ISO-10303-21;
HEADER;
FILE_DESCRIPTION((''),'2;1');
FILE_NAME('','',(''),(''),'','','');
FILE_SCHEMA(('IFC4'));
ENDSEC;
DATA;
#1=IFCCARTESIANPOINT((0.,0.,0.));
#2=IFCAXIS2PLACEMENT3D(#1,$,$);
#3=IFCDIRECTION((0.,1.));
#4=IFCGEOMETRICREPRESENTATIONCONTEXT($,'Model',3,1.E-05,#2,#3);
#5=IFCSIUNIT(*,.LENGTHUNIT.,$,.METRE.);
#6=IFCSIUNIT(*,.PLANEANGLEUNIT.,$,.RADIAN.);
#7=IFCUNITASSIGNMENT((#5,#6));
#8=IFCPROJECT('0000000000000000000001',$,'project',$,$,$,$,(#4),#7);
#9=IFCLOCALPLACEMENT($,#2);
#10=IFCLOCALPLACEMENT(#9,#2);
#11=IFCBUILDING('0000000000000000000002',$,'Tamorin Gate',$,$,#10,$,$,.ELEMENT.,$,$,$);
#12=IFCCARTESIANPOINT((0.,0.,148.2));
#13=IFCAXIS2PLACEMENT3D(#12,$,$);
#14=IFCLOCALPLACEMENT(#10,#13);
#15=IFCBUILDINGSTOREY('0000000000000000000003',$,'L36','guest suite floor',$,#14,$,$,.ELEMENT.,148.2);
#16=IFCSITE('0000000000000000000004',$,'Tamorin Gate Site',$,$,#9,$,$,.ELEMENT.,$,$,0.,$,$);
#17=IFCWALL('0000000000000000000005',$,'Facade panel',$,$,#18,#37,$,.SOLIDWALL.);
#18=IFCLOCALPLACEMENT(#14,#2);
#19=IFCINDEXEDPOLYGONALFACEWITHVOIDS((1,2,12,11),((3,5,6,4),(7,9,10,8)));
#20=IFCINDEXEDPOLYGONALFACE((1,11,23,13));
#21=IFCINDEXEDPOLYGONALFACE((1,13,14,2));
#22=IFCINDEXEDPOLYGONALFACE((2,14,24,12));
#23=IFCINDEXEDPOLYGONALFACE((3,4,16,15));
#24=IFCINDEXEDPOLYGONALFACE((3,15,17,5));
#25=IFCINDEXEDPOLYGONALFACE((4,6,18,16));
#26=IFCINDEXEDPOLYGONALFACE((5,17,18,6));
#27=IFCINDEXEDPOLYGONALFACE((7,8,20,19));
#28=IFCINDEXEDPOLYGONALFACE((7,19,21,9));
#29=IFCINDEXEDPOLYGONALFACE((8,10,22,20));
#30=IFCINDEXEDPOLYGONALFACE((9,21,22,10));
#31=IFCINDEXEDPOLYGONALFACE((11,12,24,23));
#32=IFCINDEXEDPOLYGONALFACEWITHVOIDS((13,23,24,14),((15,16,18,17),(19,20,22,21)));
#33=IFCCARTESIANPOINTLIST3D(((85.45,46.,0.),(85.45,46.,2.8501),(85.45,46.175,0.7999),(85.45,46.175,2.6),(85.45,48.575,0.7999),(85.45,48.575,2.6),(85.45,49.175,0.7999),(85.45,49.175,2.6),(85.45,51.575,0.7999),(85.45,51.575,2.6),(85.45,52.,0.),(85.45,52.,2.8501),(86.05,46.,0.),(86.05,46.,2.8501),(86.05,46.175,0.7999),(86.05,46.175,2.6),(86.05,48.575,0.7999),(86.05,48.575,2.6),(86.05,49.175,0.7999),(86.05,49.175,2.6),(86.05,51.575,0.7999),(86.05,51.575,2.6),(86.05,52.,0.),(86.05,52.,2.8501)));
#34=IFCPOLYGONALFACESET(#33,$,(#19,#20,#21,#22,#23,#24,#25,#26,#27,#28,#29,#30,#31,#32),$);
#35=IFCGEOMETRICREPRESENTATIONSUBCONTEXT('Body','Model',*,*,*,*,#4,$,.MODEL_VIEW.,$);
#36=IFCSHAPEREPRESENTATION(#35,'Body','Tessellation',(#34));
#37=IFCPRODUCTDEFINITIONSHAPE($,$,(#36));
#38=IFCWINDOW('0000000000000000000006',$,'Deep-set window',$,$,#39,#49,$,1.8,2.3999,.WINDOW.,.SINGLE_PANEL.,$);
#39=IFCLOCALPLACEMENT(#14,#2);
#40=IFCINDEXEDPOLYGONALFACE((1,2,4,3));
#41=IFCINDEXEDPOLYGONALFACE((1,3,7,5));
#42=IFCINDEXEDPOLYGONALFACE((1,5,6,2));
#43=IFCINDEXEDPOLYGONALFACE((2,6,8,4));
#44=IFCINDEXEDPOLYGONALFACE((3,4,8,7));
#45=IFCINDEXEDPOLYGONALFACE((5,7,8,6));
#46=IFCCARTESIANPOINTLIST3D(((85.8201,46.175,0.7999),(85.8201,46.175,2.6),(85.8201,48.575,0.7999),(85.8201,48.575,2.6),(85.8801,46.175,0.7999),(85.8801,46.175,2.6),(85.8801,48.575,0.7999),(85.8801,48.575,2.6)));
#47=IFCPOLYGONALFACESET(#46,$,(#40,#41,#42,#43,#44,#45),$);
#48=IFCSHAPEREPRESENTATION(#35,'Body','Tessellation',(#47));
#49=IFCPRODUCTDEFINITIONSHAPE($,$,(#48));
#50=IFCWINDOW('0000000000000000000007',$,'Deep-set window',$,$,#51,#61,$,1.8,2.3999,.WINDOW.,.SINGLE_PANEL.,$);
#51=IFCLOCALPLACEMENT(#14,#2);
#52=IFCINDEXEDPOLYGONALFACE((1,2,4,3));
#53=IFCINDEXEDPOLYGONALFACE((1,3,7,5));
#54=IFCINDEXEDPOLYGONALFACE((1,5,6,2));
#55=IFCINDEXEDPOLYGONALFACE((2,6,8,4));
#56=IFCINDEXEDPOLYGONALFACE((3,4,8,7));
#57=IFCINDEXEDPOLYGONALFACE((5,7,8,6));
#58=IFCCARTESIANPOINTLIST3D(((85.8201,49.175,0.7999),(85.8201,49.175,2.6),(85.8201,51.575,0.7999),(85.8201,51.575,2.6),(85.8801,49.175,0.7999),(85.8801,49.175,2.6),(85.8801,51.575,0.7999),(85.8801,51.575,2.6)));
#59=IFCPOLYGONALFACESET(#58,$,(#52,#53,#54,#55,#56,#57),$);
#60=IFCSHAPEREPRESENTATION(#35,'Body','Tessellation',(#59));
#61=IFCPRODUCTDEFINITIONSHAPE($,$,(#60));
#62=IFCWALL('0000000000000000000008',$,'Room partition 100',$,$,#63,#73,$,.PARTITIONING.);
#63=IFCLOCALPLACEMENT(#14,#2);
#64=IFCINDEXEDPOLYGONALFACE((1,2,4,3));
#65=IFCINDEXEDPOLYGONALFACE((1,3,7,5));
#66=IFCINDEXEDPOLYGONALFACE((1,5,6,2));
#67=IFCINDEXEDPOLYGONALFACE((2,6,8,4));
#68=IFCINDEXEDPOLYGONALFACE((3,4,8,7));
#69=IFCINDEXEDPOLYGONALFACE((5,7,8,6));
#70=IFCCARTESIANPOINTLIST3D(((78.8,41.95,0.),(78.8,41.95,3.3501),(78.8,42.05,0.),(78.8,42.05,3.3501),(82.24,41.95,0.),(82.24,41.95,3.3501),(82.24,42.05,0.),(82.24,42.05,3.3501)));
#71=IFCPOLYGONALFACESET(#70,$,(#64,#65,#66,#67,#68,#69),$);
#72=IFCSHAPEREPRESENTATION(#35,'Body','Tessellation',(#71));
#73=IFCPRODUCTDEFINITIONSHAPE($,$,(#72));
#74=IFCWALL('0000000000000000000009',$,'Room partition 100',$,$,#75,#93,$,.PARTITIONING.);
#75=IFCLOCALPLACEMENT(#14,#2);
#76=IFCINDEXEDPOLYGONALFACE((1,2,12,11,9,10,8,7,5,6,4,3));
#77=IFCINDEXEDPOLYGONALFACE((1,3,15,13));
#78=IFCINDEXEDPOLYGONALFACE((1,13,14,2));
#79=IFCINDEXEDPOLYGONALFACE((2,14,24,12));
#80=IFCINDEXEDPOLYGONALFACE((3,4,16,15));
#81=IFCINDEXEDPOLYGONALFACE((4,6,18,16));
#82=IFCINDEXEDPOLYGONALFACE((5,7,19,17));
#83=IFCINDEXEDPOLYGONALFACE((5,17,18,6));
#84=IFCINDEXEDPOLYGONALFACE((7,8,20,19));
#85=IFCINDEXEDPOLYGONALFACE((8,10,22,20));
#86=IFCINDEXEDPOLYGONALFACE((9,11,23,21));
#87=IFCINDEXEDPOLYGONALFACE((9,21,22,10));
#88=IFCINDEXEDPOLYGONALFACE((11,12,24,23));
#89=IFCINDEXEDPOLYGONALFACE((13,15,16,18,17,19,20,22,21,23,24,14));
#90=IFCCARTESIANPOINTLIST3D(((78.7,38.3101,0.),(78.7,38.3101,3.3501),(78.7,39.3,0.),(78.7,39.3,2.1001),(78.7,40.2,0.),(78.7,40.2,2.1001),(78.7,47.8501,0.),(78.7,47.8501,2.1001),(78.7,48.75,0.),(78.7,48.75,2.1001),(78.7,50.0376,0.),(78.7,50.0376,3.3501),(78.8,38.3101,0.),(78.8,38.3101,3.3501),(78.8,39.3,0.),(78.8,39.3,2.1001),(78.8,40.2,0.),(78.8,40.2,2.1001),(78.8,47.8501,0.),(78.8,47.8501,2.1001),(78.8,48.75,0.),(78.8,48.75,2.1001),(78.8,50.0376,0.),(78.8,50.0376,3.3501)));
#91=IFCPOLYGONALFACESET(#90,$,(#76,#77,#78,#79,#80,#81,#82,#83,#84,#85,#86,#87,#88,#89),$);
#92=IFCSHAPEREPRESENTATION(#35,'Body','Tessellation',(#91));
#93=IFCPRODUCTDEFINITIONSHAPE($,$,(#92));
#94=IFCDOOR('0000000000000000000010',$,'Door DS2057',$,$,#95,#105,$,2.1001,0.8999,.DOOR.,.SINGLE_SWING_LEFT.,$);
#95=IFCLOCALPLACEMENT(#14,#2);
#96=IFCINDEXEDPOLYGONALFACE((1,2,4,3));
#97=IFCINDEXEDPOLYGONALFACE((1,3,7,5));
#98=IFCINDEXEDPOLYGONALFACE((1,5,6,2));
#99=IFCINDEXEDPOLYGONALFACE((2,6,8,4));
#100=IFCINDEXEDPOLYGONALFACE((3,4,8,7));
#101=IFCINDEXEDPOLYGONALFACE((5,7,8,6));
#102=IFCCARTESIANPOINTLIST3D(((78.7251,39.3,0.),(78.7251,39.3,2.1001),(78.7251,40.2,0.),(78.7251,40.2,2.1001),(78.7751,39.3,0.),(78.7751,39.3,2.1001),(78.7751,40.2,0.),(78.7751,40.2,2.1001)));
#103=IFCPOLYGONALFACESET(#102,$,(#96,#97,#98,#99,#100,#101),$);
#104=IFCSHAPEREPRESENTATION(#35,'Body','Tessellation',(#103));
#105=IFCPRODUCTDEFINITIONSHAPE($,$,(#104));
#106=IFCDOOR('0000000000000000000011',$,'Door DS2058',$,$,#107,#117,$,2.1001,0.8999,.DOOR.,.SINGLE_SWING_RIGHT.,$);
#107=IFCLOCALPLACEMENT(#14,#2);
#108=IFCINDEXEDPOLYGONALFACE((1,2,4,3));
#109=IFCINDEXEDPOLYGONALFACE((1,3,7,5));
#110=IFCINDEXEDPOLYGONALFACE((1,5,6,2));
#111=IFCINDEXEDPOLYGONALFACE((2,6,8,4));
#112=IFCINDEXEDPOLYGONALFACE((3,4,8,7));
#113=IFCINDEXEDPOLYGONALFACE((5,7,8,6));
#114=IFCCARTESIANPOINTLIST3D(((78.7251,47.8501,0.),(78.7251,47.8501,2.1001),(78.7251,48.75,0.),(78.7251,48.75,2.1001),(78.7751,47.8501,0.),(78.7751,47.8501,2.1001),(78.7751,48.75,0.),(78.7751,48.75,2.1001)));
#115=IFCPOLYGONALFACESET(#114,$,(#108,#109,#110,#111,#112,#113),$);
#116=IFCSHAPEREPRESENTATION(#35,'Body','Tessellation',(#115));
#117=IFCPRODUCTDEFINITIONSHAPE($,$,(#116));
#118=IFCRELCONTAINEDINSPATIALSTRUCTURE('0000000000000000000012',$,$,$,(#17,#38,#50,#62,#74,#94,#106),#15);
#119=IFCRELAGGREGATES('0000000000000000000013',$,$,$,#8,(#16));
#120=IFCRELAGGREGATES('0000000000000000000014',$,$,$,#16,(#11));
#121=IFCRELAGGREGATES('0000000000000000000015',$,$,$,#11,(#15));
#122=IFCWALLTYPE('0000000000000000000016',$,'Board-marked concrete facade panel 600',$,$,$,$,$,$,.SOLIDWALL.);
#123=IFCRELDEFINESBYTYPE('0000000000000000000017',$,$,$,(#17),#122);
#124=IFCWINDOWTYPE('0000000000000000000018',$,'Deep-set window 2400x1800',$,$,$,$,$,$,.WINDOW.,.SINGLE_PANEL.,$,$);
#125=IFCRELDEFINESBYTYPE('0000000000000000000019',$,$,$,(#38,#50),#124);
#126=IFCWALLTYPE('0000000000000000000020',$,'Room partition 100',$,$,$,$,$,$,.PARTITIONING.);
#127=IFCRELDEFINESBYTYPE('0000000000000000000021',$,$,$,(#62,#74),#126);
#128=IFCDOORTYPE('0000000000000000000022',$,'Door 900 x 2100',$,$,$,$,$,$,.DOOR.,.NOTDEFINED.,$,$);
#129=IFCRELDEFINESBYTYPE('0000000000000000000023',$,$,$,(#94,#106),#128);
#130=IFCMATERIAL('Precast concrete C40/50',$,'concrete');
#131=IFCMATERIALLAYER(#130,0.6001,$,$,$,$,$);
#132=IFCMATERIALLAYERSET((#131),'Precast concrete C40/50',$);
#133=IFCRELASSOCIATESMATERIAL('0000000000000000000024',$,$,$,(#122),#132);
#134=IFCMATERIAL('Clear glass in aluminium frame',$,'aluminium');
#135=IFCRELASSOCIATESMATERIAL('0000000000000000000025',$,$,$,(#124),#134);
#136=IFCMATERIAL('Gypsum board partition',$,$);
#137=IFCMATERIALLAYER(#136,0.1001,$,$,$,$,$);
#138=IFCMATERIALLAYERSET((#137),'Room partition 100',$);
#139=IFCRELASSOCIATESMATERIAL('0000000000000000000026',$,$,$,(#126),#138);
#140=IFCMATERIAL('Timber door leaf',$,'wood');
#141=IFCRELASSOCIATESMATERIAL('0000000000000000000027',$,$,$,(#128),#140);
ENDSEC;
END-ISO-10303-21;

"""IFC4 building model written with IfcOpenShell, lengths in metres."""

from ifc_helpers import new_model, si_unit, direction, frame, frame_2d, origin, place, context, subcontext, project, spatial, rectangle, extrude, material, layer, layer_set, type_object, element, fill, save


model = new_model("IFC4")

# Units and contexts
model_context = context("Model", 3, precision=1e-05, world=origin(), true_north=direction((0.0, 1.0)))
body_context = subcontext(model_context, "Body", "Model", "MODEL_VIEW")
ifc_project = project(units=[si_unit("LENGTHUNIT", "METRE"), si_unit("PLANEANGLEUNIT", "RADIAN")], contexts=[model_context])

# Site, building, storey
site_placement = place(None, origin())
site = spatial("IfcSite", under=ifc_project, at=site_placement, Name="Tamorin Gate Site", CompositionType="ELEMENT", RefElevation=0.0)
building_placement = place(site_placement, origin())
building = spatial("IfcBuilding", under=site, at=building_placement, Name="Tamorin Gate", CompositionType="ELEMENT")
storey_placement = place(building_placement, frame((0.0, 0.0, 148.2)))
storey = spatial("IfcBuildingStorey", under=building, at=storey_placement, Name="L36", Description="guest suite floor", CompositionType="ELEMENT", Elevation=148.2)

# Shared definitions
ifc_material_1 = material(Name="Precast concrete C40/50", Category="concrete")
ifc_layer_1 = layer(ifc_material_1, 0.6001)
ifc_layer_set_1 = layer_set([ifc_layer_1], Name="Precast concrete C40/50")
wall_type_1 = type_object("IfcWallType", Name="Board-marked concrete facade panel 600", PredefinedType="SOLIDWALL", material=ifc_layer_set_1)
ifc_material_2 = material(Name="Clear glass in aluminium frame", Category="aluminium")
window_type_1 = type_object("IfcWindowType", Name="Deep-set window 2400x1800", PartitioningType="SINGLE_PANEL", PredefinedType="WINDOW", material=ifc_material_2)

# Wall, openings, windows
wall_1_placement = place(storey_placement, frame((85.75, 46.0, 0.0), z_axis=(0.0, 0.0, 1.0), x_axis=(0.0, 1.0, 0.0)))
wall_1 = element("IfcWall", 1, at=wall_1_placement, inside=storey, type_object=wall_type_1, Name="Facade panel", PredefinedType="SOLIDWALL", context=body_context, shape_type="SweptSolid", body=[
    extrude(rectangle(XDim=6.0, YDim=0.6001, at=frame_2d((3.0, 0.0))), origin(), (0.0, 0.0, 1.0), 2.8501),
])
opening_1_placement = place(wall_1_placement, frame((0.175, 0.0, 0.8)))
opening_1 = element("IfcOpeningElement", 2, at=opening_1_placement, cuts=wall_1, PredefinedType="OPENING", context=body_context, shape_type="SweptSolid", body=[
    extrude(rectangle(XDim=2.3999, YDim=1.8, at=frame_2d((1.2, 0.8999))), frame((0.0, 0.3101, 0.0), z_axis=(0.0, -1.0, 0.0), x_axis=(1.0, 0.0, 0.0)), (0.0, 0.0, 1.0), 0.6201),
])
opening_2_placement = place(wall_1_placement, frame((3.175, 0.0, 0.8)))
opening_2 = element("IfcOpeningElement", 3, at=opening_2_placement, cuts=wall_1, PredefinedType="OPENING", context=body_context, shape_type="SweptSolid", body=[
    extrude(rectangle(XDim=2.3999, YDim=1.8, at=frame_2d((1.2, 0.8999))), frame((0.0, 0.3101, 0.0), z_axis=(0.0, -1.0, 0.0), x_axis=(1.0, 0.0, 0.0)), (0.0, 0.0, 1.0), 0.6201),
])
window_1_placement = place(opening_1_placement, origin())
window_1 = element("IfcWindow", 4, at=window_1_placement, inside=storey, type_object=window_type_1, Name="Deep-set window", OverallHeight=1.8, OverallWidth=2.3999, PartitioningType="SINGLE_PANEL", PredefinedType="WINDOW", context=body_context, shape_type="SweptSolid", body=[
    extrude(rectangle(XDim=2.3999, YDim=1.8, at=frame_2d((1.2, 0.8999))), frame((0.0, -0.0701, 0.0), z_axis=(0.0, -1.0, 0.0), x_axis=(1.0, 0.0, 0.0)), (0.0, 0.0, 1.0), 0.0601),
])
fill(opening_1, window_1)
window_2_placement = place(opening_2_placement, origin())
window_2 = element("IfcWindow", 5, at=window_2_placement, inside=storey, type_object=window_type_1, Name="Deep-set window", OverallHeight=1.8, OverallWidth=2.3999, PartitioningType="SINGLE_PANEL", PredefinedType="WINDOW", context=body_context, shape_type="SweptSolid", body=[
    extrude(rectangle(XDim=2.3999, YDim=1.8, at=frame_2d((1.2, 0.8999))), frame((0.0, -0.0701, 0.0), z_axis=(0.0, -1.0, 0.0), x_axis=(1.0, 0.0, 0.0)), (0.0, 0.0, 1.0), 0.0601),
])
fill(opening_2, window_2)

# Wall
ifc_material_3 = material(Name="Gypsum board partition")
ifc_layer_2 = layer(ifc_material_3, 0.1001)
ifc_layer_set_2 = layer_set([ifc_layer_2], Name="Room partition 100")
wall_type_2 = type_object("IfcWallType", Name="Room partition 100", PredefinedType="PARTITIONING", material=ifc_layer_set_2)
wall_2_placement = place(storey_placement, frame((78.8, 42.0, 0.0), z_axis=(0.0, 0.0, 1.0), x_axis=(1.0, 0.0, 0.0)))
element("IfcWall", 6, at=wall_2_placement, inside=storey, type_object=wall_type_2, Name="Room partition 100", PredefinedType="PARTITIONING", context=body_context, shape_type="SweptSolid", body=[
    extrude(rectangle(XDim=3.4399, YDim=0.1001, at=frame_2d((1.72, 0.0))), origin(), (0.0, 0.0, 1.0), 3.3501),
])

# Wall, openings, doors
wall_3_placement = place(storey_placement, frame((78.75, 38.3101, 0.0), z_axis=(0.0, 0.0, 1.0), x_axis=(0.0, 1.0, 0.0)))
wall_3 = element("IfcWall", 7, at=wall_3_placement, inside=storey, type_object=wall_type_2, Name="Room partition 100", PredefinedType="PARTITIONING", context=body_context, shape_type="SweptSolid", body=[
    extrude(rectangle(XDim=11.7275, YDim=0.1001, at=frame_2d((5.8638, 0.0))), origin(), (0.0, 0.0, 1.0), 3.3501),
])
opening_3_placement = place(wall_3_placement, frame((0.99, 0.0, 0.0)))
opening_3 = element("IfcOpeningElement", 8, at=opening_3_placement, cuts=wall_3, PredefinedType="OPENING", context=body_context, shape_type="SweptSolid", body=[
    extrude(rectangle(XDim=0.8999, YDim=2.1001, at=frame_2d((0.45, 1.05))), frame((0.0, 0.0601, 0.0), z_axis=(0.0, -1.0, 0.0), x_axis=(1.0, 0.0, 0.0)), (0.0, 0.0, 1.0), 0.1201),
])
opening_4_placement = place(wall_3_placement, frame((9.54, 0.0, 0.0)))
opening_4 = element("IfcOpeningElement", 9, at=opening_4_placement, cuts=wall_3, PredefinedType="OPENING", context=body_context, shape_type="SweptSolid", body=[
    extrude(rectangle(XDim=0.8999, YDim=2.1001, at=frame_2d((0.45, 1.05))), frame((0.0, 0.0601, 0.0), z_axis=(0.0, -1.0, 0.0), x_axis=(1.0, 0.0, 0.0)), (0.0, 0.0, 1.0), 0.1201),
])
ifc_material_4 = material(Name="Timber door leaf", Category="wood")
door_type = type_object("IfcDoorType", Name="Door 900 x 2100", OperationType="NOTDEFINED", PredefinedType="DOOR", material=ifc_material_4)
door_1_placement = place(opening_3_placement, origin())
door_1 = element("IfcDoor", 10, at=door_1_placement, inside=storey, type_object=door_type, Name="Door DS2057", OperationType="SINGLE_SWING_LEFT", OverallHeight=2.1001, OverallWidth=0.8999, PredefinedType="DOOR", context=body_context, shape_type="SweptSolid", body=[
    extrude(rectangle(XDim=0.8999, YDim=2.1001, at=frame_2d((0.45, 1.05))), frame((0.0, 0.0249, 0.0), z_axis=(0.0, -1.0, 0.0), x_axis=(1.0, 0.0, 0.0)), (0.0, 0.0, 1.0), 0.05),
])
fill(opening_3, door_1)
door_2_placement = place(opening_4_placement, origin())
door_2 = element("IfcDoor", 11, at=door_2_placement, inside=storey, type_object=door_type, Name="Door DS2058", OperationType="SINGLE_SWING_RIGHT", OverallHeight=2.1001, OverallWidth=0.8999, PredefinedType="DOOR", context=body_context, shape_type="SweptSolid", body=[
    extrude(rectangle(XDim=0.8999, YDim=2.1001, at=frame_2d((0.45, 1.05))), frame((0.0, 0.0249, 0.0), z_axis=(0.0, -1.0, 0.0), x_axis=(1.0, 0.0, 0.0)), (0.0, 0.0, 1.0), 0.05),
])
fill(opening_4, door_2)

save(model, "model.ifc")
